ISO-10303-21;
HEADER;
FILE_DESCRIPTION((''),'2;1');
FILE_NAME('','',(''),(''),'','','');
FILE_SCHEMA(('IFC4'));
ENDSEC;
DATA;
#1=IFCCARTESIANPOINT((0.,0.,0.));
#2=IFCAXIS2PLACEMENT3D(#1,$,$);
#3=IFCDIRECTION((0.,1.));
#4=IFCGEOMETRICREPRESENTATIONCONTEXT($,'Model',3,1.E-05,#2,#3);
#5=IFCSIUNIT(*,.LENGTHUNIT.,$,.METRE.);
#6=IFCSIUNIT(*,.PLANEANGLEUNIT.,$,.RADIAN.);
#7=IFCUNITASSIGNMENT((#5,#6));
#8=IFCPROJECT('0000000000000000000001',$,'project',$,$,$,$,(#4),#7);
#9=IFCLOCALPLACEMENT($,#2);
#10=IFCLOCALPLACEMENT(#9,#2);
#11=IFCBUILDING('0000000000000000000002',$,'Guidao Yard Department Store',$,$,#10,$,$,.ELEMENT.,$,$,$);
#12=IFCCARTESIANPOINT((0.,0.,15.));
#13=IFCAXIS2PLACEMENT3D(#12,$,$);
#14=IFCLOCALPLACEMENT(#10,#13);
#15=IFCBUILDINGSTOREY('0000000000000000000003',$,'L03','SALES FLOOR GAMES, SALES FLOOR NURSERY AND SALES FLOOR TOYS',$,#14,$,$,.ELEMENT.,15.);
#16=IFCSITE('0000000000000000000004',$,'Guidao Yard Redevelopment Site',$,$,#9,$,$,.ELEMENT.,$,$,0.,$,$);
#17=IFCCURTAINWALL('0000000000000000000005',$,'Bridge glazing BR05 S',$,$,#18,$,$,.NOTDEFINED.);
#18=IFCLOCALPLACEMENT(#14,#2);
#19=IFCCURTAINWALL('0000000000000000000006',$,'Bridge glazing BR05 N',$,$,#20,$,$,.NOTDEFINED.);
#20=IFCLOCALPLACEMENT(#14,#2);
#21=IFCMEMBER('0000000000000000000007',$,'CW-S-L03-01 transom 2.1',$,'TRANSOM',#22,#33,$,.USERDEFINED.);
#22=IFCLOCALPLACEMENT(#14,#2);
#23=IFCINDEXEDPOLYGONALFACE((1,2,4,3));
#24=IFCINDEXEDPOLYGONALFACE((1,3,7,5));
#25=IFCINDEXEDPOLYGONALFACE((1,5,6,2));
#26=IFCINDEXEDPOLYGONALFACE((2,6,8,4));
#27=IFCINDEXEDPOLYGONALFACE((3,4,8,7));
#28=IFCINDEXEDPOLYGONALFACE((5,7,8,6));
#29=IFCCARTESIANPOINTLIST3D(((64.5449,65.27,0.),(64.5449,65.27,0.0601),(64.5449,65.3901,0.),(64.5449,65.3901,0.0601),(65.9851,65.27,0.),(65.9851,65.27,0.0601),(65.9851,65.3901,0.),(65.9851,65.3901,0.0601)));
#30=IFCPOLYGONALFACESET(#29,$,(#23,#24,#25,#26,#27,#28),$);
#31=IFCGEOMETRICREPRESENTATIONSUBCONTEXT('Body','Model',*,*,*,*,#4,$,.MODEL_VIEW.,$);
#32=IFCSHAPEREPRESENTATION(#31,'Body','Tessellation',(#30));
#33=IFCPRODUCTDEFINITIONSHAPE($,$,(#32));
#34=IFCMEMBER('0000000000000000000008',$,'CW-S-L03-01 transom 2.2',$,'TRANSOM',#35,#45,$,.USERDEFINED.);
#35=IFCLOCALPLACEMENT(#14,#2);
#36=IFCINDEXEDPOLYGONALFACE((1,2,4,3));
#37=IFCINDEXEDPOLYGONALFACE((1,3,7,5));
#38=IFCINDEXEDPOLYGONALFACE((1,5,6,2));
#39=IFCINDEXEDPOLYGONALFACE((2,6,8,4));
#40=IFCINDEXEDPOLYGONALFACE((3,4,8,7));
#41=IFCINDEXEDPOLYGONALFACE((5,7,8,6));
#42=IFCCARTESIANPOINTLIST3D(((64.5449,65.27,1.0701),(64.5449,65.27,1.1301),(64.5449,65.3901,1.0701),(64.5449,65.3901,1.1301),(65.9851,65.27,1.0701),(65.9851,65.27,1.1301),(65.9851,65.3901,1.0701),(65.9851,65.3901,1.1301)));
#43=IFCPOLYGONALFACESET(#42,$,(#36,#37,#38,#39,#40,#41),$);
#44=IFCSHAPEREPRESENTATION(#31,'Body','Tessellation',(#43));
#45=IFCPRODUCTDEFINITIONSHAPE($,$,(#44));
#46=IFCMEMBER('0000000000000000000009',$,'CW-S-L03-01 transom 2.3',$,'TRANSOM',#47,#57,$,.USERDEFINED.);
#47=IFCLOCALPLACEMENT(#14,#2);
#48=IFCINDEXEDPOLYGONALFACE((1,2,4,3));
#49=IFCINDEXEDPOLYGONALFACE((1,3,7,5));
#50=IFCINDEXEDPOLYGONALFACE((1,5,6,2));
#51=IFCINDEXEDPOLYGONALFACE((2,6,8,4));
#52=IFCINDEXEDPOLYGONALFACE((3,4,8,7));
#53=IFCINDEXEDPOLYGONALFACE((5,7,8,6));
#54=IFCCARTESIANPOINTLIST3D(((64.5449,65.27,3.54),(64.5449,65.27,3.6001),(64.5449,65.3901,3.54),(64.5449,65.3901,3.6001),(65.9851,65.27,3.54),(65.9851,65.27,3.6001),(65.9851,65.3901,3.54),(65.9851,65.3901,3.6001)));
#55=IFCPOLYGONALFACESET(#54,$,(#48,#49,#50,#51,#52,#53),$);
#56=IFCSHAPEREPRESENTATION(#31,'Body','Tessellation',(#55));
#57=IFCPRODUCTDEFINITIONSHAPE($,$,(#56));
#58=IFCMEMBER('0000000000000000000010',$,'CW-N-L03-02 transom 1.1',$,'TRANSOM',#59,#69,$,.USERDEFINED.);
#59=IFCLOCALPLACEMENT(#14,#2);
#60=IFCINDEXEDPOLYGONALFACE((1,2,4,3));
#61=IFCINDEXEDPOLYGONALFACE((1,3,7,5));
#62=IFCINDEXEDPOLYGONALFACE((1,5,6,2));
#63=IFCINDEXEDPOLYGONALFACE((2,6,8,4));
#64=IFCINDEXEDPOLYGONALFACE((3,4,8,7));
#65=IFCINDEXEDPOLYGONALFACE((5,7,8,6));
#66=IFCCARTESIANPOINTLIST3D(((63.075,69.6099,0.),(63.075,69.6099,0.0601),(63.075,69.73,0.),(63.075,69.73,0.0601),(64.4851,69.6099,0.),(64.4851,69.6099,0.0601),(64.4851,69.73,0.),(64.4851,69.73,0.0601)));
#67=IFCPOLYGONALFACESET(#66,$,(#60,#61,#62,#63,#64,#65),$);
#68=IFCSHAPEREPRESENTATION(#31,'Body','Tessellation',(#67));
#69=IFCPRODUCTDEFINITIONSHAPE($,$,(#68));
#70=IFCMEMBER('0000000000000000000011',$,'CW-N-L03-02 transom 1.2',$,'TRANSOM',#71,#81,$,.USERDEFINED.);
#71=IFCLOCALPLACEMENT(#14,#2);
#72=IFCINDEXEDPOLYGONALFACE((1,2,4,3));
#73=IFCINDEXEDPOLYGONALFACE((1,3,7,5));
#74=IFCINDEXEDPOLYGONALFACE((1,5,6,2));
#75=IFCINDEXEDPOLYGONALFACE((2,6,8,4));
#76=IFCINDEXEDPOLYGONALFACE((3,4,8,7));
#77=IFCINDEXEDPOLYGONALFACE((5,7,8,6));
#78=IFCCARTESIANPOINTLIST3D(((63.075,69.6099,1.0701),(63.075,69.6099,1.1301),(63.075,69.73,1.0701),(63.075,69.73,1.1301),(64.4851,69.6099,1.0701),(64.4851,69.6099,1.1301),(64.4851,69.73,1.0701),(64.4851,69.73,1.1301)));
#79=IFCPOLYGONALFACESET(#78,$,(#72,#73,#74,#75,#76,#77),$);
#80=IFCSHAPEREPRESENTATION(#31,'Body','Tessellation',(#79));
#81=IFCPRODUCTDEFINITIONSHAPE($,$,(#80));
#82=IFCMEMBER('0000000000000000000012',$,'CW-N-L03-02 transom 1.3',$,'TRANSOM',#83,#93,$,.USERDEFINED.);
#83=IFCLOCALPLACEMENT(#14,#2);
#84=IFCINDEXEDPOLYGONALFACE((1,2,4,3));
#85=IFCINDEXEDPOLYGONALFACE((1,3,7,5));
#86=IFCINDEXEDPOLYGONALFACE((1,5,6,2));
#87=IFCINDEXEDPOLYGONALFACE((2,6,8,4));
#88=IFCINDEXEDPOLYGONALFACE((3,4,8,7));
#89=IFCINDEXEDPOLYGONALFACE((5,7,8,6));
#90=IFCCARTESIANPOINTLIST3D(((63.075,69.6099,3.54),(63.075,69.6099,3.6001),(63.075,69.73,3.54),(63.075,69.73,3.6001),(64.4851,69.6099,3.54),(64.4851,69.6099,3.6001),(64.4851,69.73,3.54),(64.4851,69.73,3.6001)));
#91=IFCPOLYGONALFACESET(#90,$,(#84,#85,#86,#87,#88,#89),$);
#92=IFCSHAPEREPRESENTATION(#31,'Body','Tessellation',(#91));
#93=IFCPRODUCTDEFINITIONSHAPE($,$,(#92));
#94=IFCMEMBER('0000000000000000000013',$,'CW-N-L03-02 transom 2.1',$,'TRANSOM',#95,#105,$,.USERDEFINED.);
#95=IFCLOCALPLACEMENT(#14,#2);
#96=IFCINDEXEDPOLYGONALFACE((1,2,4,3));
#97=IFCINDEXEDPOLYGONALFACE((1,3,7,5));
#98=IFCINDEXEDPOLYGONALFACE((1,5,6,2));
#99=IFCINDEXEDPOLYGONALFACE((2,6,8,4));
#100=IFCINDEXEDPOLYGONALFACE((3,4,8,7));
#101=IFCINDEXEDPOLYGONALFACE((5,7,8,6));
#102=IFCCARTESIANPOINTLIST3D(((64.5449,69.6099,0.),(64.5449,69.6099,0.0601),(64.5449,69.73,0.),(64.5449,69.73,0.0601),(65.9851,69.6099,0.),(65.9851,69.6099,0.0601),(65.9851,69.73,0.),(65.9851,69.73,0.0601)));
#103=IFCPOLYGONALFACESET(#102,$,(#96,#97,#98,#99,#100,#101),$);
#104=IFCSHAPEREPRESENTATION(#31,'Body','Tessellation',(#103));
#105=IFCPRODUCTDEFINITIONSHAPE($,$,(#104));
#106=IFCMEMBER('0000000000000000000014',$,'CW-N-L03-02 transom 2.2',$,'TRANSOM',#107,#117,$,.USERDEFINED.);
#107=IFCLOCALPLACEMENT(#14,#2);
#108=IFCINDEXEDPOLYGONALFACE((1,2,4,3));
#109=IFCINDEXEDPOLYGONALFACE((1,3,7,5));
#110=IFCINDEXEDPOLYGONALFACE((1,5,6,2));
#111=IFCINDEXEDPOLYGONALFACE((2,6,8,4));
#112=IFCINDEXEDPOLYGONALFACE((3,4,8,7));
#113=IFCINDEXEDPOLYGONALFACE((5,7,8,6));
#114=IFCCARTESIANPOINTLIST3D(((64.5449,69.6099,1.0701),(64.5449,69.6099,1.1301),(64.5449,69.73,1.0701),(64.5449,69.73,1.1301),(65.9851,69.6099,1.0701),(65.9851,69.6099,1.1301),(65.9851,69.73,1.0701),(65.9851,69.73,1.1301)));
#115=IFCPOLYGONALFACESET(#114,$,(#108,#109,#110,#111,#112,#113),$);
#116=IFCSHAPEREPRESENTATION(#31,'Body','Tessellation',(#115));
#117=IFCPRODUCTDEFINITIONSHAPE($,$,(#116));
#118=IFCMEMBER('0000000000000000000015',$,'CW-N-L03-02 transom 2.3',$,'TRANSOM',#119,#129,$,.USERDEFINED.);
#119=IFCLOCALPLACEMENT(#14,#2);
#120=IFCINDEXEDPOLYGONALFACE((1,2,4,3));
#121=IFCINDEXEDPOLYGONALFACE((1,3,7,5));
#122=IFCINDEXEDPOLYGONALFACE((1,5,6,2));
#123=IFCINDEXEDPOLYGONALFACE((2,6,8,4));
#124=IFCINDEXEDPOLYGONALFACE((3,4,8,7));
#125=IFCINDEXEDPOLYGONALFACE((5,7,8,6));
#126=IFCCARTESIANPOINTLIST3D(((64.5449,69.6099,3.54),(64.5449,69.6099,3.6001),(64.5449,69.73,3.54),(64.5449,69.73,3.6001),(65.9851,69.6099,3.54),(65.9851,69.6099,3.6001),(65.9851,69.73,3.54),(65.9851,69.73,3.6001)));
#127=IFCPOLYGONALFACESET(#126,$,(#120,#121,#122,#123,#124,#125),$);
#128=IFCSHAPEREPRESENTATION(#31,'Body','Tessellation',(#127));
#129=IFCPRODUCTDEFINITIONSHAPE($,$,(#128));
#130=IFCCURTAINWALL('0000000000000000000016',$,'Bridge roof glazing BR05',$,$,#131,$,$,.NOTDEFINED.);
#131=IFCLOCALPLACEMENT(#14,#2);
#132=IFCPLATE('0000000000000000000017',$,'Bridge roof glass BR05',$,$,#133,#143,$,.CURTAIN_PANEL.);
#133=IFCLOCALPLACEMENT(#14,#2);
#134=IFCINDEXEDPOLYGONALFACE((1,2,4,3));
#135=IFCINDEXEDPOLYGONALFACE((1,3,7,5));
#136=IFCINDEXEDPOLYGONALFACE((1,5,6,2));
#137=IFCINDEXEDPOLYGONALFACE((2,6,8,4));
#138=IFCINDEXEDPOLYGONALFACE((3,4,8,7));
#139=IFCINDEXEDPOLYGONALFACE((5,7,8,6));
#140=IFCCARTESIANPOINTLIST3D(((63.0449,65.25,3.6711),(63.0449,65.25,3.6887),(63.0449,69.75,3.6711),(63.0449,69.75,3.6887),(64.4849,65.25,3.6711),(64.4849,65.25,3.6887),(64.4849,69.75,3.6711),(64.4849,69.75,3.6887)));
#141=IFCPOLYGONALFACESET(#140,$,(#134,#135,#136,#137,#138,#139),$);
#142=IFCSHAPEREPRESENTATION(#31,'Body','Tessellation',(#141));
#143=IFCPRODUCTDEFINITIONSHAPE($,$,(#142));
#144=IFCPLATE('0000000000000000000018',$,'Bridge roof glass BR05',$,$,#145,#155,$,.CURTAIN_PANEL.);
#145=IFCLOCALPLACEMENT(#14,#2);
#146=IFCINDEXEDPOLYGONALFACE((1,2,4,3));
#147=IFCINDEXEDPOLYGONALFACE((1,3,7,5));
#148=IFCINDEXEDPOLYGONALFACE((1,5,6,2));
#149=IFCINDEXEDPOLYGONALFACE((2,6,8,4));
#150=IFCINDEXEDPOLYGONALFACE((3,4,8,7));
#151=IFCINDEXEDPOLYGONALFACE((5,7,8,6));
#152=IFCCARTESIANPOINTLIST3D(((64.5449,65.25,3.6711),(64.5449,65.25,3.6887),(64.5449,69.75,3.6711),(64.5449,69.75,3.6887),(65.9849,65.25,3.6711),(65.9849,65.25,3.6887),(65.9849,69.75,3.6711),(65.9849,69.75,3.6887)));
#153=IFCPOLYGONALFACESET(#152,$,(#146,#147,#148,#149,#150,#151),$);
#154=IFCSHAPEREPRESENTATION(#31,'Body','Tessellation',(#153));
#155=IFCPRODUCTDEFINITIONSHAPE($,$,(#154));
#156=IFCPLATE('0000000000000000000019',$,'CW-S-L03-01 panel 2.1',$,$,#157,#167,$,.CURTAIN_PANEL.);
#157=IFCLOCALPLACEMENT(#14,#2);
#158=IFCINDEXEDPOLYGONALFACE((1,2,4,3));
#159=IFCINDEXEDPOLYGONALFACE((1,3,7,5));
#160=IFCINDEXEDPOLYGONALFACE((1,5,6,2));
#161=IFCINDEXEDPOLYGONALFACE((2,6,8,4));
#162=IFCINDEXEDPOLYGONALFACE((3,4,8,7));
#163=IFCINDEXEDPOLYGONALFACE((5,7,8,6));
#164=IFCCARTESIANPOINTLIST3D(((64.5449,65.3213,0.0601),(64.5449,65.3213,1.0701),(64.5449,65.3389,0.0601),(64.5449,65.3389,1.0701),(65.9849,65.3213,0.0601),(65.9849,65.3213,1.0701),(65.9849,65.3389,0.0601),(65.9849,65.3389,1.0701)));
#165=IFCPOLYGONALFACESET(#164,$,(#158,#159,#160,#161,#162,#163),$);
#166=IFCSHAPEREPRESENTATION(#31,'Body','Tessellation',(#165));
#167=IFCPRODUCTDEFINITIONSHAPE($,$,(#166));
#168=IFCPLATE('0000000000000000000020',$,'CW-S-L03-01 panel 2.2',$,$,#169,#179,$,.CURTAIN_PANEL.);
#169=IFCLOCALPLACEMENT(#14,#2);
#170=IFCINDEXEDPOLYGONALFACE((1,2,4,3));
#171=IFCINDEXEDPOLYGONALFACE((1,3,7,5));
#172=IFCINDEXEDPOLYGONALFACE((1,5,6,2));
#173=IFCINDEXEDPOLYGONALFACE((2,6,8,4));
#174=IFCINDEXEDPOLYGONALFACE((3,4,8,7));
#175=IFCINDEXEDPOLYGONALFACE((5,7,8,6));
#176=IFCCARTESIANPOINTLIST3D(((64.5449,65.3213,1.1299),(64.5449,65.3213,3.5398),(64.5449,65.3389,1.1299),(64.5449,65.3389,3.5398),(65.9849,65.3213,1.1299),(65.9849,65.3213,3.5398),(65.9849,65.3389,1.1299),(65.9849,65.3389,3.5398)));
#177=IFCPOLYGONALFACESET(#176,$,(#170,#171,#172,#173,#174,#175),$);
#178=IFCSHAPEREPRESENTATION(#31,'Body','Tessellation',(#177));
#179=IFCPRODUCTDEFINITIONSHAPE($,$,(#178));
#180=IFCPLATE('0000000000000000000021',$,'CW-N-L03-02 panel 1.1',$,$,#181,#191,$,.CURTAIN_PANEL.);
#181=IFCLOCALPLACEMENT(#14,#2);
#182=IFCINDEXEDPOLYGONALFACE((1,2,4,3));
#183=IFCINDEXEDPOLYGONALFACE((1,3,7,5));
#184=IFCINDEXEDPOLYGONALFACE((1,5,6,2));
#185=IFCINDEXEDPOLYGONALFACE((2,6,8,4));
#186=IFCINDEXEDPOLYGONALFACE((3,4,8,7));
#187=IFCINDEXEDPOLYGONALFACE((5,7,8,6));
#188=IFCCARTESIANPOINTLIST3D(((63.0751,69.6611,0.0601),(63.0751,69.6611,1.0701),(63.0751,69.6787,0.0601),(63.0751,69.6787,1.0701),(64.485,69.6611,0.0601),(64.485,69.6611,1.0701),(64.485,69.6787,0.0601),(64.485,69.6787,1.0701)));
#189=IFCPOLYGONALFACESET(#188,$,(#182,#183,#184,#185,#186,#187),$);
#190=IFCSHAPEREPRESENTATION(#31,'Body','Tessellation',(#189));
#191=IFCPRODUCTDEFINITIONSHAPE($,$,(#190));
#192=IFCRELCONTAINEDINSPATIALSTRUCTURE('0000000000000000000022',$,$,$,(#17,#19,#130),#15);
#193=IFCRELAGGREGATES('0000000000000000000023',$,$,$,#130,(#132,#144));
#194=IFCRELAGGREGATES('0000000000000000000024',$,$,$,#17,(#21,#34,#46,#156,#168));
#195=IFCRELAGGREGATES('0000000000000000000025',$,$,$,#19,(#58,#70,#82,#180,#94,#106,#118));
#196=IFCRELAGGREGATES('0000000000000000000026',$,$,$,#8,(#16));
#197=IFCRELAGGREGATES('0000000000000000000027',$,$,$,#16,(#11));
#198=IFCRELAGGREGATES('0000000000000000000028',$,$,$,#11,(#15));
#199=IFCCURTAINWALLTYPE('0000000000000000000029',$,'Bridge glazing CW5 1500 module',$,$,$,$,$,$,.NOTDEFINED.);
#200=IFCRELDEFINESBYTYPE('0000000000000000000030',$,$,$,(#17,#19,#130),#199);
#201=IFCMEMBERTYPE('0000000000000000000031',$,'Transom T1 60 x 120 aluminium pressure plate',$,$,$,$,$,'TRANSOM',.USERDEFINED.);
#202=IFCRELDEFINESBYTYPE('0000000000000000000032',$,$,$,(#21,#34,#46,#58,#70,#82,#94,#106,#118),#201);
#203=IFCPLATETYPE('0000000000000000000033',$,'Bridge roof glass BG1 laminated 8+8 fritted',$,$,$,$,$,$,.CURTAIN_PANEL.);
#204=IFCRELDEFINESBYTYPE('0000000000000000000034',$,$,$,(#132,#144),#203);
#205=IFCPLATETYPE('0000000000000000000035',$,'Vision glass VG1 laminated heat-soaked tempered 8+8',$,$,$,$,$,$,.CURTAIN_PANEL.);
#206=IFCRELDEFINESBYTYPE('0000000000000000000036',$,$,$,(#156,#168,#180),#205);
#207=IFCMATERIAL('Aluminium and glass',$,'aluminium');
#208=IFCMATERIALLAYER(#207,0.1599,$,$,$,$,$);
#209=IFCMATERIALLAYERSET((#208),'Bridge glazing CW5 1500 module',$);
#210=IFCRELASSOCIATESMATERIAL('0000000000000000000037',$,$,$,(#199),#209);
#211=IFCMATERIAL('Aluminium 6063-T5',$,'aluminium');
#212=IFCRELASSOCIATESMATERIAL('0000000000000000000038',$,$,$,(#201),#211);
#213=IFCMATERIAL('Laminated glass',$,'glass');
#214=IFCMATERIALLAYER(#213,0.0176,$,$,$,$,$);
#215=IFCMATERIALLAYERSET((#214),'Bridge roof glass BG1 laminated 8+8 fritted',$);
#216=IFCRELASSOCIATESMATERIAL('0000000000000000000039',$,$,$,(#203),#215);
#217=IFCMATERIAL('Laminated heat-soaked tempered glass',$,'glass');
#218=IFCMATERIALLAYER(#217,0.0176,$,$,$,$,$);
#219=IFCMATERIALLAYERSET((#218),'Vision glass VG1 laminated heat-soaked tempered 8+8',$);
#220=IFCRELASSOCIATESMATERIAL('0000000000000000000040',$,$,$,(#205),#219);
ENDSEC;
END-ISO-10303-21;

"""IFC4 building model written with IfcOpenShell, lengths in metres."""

from ifc_helpers import new_model, si_unit, direction, frame, origin, origin_2d, place, context, subcontext, project, spatial, rectangle, extrude, material, layer, layer_set, material_profile, profile_set, type_object, element, aggregate, save


model = new_model("IFC4")

# Units and contexts
model_context = context("Model", 3, precision=1e-05, world=origin(), true_north=direction((0.0, 1.0)))
body_context = subcontext(model_context, "Body", "Model", "MODEL_VIEW")
ifc_project = project(units=[si_unit("LENGTHUNIT", "METRE"), si_unit("PLANEANGLEUNIT", "RADIAN")], contexts=[model_context])

# Site, building, storey
site_placement = place(None, origin())
site = spatial("IfcSite", under=ifc_project, at=site_placement, Name="Guidao Yard Redevelopment Site", CompositionType="ELEMENT", RefElevation=0.0)
building_placement = place(site_placement, origin())
building = spatial("IfcBuilding", under=site, at=building_placement, Name="Guidao Yard Department Store", CompositionType="ELEMENT")
storey_placement = place(building_placement, frame((0.0, 0.0, 15.0)))
storey = spatial("IfcBuildingStorey", under=building, at=storey_placement, Name="L03", Description="SALES FLOOR GAMES, SALES FLOOR NURSERY AND SALES FLOOR TOYS", CompositionType="ELEMENT", Elevation=15.0)

# Curtain walls
ifc_material_1 = material(Name="Aluminium and glass", Category="aluminium")
ifc_layer_1 = layer(ifc_material_1, 0.1599)
ifc_layer_set_1 = layer_set([ifc_layer_1], Name="Bridge glazing CW5 1500 module")
curtain_wall_type = type_object("IfcCurtainWallType", Name="Bridge glazing CW5 1500 module", PredefinedType="NOTDEFINED", material=ifc_layer_set_1)
curtain_wall_1_placement = place(storey_placement, origin())
curtain_wall_1 = element("IfcCurtainWall", 1, at=curtain_wall_1_placement, inside=storey, type_object=curtain_wall_type, Name="Bridge glazing BR05 S", PredefinedType="NOTDEFINED")
curtain_wall_2_placement = place(storey_placement, origin())
curtain_wall_2 = element("IfcCurtainWall", 2, at=curtain_wall_2_placement, inside=storey, type_object=curtain_wall_type, Name="Bridge glazing BR05 N", PredefinedType="NOTDEFINED")

# Members
ifc_material_2 = material(Name="Aluminium 6063-T5", Category="aluminium")
ifc_material_profile_1 = material_profile(ifc_material_2, rectangle(XDim=0.1201, YDim=0.0601, at=origin_2d()), Name="Transom T1 60 x 120 aluminium pressure plate")
ifc_profile_set_1 = profile_set([ifc_material_profile_1], Name="Aluminium 6063-T5")
member_type_1 = type_object("IfcMemberType", Name="Transom T1 60 x 120 aluminium pressure plate", ElementType="TRANSOM", PredefinedType="USERDEFINED", material=ifc_profile_set_1)
member_1_placement = place(storey_placement, frame((65.9851, 65.3301, 0.03), z_axis=(-1.0, 0.0, 0.0), x_axis=(0.0, -1.0, 0.0)))
member_1 = element("IfcMember", 3, at=member_1_placement, type_object=member_type_1, Name="CW-S-L03-01 transom 2.1", ObjectType="TRANSOM", PredefinedType="USERDEFINED", context=body_context, shape_type="SweptSolid", body=[
    extrude(rectangle(XDim=0.1201, YDim=0.0601, at=origin_2d()), origin(), (0.0, 0.0, 1.0), 1.4402),
])
member_2_placement = place(storey_placement, frame((65.9851, 65.3301, 1.1001), z_axis=(-1.0, 0.0, 0.0), x_axis=(0.0, -1.0, 0.0)))
member_2 = element("IfcMember", 4, at=member_2_placement, type_object=member_type_1, Name="CW-S-L03-01 transom 2.2", ObjectType="TRANSOM", PredefinedType="USERDEFINED", context=body_context, shape_type="SweptSolid", body=[
    extrude(rectangle(XDim=0.1201, YDim=0.0601, at=origin_2d()), origin(), (0.0, 0.0, 1.0), 1.4402),
])
member_3_placement = place(storey_placement, frame((65.9851, 65.3301, 3.5701), z_axis=(-1.0, 0.0, 0.0), x_axis=(0.0, -1.0, 0.0)))
member_3 = element("IfcMember", 5, at=member_3_placement, type_object=member_type_1, Name="CW-S-L03-01 transom 2.3", ObjectType="TRANSOM", PredefinedType="USERDEFINED", context=body_context, shape_type="SweptSolid", body=[
    extrude(rectangle(XDim=0.1201, YDim=0.0601, at=origin_2d()), origin(), (0.0, 0.0, 1.0), 1.4402),
])
member_4_placement = place(storey_placement, frame((63.075, 69.6699, 0.03), z_axis=(1.0, 0.0, 0.0), x_axis=(0.0, 1.0, 0.0)))
member_4 = element("IfcMember", 6, at=member_4_placement, type_object=member_type_1, Name="CW-N-L03-02 transom 1.1", ObjectType="TRANSOM", PredefinedType="USERDEFINED", context=body_context, shape_type="SweptSolid", body=[
    extrude(rectangle(XDim=0.1201, YDim=0.0601, at=origin_2d()), origin(), (0.0, 0.0, 1.0), 1.4102),
])
member_5_placement = place(storey_placement, frame((63.075, 69.6699, 1.1001), z_axis=(1.0, 0.0, 0.0), x_axis=(0.0, 1.0, 0.0)))
member_5 = element("IfcMember", 7, at=member_5_placement, type_object=member_type_1, Name="CW-N-L03-02 transom 1.2", ObjectType="TRANSOM", PredefinedType="USERDEFINED", context=body_context, shape_type="SweptSolid", body=[
    extrude(rectangle(XDim=0.1201, YDim=0.0601, at=origin_2d()), origin(), (0.0, 0.0, 1.0), 1.4102),
])
member_6_placement = place(storey_placement, frame((63.075, 69.6699, 3.5701), z_axis=(1.0, 0.0, 0.0), x_axis=(0.0, 1.0, 0.0)))
member_6 = element("IfcMember", 8, at=member_6_placement, type_object=member_type_1, Name="CW-N-L03-02 transom 1.3", ObjectType="TRANSOM", PredefinedType="USERDEFINED", context=body_context, shape_type="SweptSolid", body=[
    extrude(rectangle(XDim=0.1201, YDim=0.0601, at=origin_2d()), origin(), (0.0, 0.0, 1.0), 1.4102),
])
member_7_placement = place(storey_placement, frame((64.5449, 69.6699, 0.03), z_axis=(1.0, 0.0, 0.0), x_axis=(0.0, 1.0, 0.0)))
member_7 = element("IfcMember", 9, at=member_7_placement, type_object=member_type_1, Name="CW-N-L03-02 transom 2.1", ObjectType="TRANSOM", PredefinedType="USERDEFINED", context=body_context, shape_type="SweptSolid", body=[
    extrude(rectangle(XDim=0.1201, YDim=0.0601, at=origin_2d()), origin(), (0.0, 0.0, 1.0), 1.4402),
])
member_8_placement = place(storey_placement, frame((64.5449, 69.6699, 1.1001), z_axis=(1.0, 0.0, 0.0), x_axis=(0.0, 1.0, 0.0)))
member_8 = element("IfcMember", 10, at=member_8_placement, type_object=member_type_1, Name="CW-N-L03-02 transom 2.2", ObjectType="TRANSOM", PredefinedType="USERDEFINED", context=body_context, shape_type="SweptSolid", body=[
    extrude(rectangle(XDim=0.1201, YDim=0.0601, at=origin_2d()), origin(), (0.0, 0.0, 1.0), 1.4402),
])
member_9_placement = place(storey_placement, frame((64.5449, 69.6699, 3.5701), z_axis=(1.0, 0.0, 0.0), x_axis=(0.0, 1.0, 0.0)))
member_9 = element("IfcMember", 11, at=member_9_placement, type_object=member_type_1, Name="CW-N-L03-02 transom 2.3", ObjectType="TRANSOM", PredefinedType="USERDEFINED", context=body_context, shape_type="SweptSolid", body=[
    extrude(rectangle(XDim=0.1201, YDim=0.0601, at=origin_2d()), origin(), (0.0, 0.0, 1.0), 1.4402),
])

# Curtain wall, plates
curtain_wall_3_placement = place(storey_placement, origin())
curtain_wall_3 = element("IfcCurtainWall", 12, at=curtain_wall_3_placement, inside=storey, type_object=curtain_wall_type, Name="Bridge roof glazing BR05", PredefinedType="NOTDEFINED")
ifc_material_3 = material(Name="Laminated glass", Category="glass")
ifc_layer_2 = layer(ifc_material_3, 0.0176)
ifc_layer_set_2 = layer_set([ifc_layer_2], Name="Bridge roof glass BG1 laminated 8+8 fritted")
plate_type_1 = type_object("IfcPlateType", Name="Bridge roof glass BG1 laminated 8+8 fritted", PredefinedType="CURTAIN_PANEL", material=ifc_layer_set_2)
plate_1_placement = place(storey_placement, frame((63.7649, 67.5, 3.6711), z_axis=(0.0, 0.0, 1.0), x_axis=(1.0, 0.0, 0.0)))
plate_1 = element("IfcPlate", 13, at=plate_1_placement, type_object=plate_type_1, Name="Bridge roof glass BR05", PredefinedType="CURTAIN_PANEL", context=body_context, shape_type="SweptSolid", body=[
    extrude(rectangle(XDim=1.4399, YDim=4.5, at=origin_2d()), origin(), (0.0, 0.0, 1.0), 0.0176),
])
plate_2_placement = place(storey_placement, frame((65.2649, 67.5, 3.6711), z_axis=(0.0, 0.0, 1.0), x_axis=(1.0, 0.0, 0.0)))
plate_2 = element("IfcPlate", 14, at=plate_2_placement, type_object=plate_type_1, Name="Bridge roof glass BR05", PredefinedType="CURTAIN_PANEL", context=body_context, shape_type="SweptSolid", body=[
    extrude(rectangle(XDim=1.4399, YDim=4.5, at=origin_2d()), origin(), (0.0, 0.0, 1.0), 0.0176),
])
aggregate(curtain_wall_3, [plate_1, plate_2])

# Plates
ifc_material_4 = material(Name="Laminated heat-soaked tempered glass", Category="glass")
ifc_layer_3 = layer(ifc_material_4, 0.0176)
ifc_layer_set_3 = layer_set([ifc_layer_3], Name="Vision glass VG1 laminated heat-soaked tempered 8+8")
plate_type_2 = type_object("IfcPlateType", Name="Vision glass VG1 laminated heat-soaked tempered 8+8", PredefinedType="CURTAIN_PANEL", material=ifc_layer_set_3)
plate_3_placement = place(storey_placement, frame((65.2649, 65.3301, 0.0601), z_axis=(0.0, 0.0, 1.0), x_axis=(-1.0, 0.0, 0.0)))
plate_3 = element("IfcPlate", 15, at=plate_3_placement, type_object=plate_type_2, Name="CW-S-L03-01 panel 2.1", PredefinedType="CURTAIN_PANEL", context=body_context, shape_type="SweptSolid", body=[
    extrude(rectangle(XDim=1.4399, YDim=0.0176, at=origin_2d()), origin(), (0.0, 0.0, 1.0), 1.01),
])
plate_4_placement = place(storey_placement, frame((65.2649, 65.3301, 1.1299), z_axis=(0.0, 0.0, 1.0), x_axis=(-1.0, 0.0, 0.0)))
plate_4 = element("IfcPlate", 16, at=plate_4_placement, type_object=plate_type_2, Name="CW-S-L03-01 panel 2.2", PredefinedType="CURTAIN_PANEL", context=body_context, shape_type="SweptSolid", body=[
    extrude(rectangle(XDim=1.4399, YDim=0.0176, at=origin_2d()), origin(), (0.0, 0.0, 1.0), 2.4099),
])
aggregate(curtain_wall_1, [member_1, member_2, member_3, plate_3, plate_4])
plate_5_placement = place(storey_placement, frame((63.78, 69.6699, 0.0601), z_axis=(0.0, 0.0, 1.0), x_axis=(1.0, 0.0, 0.0)))
plate_5 = element("IfcPlate", 17, at=plate_5_placement, type_object=plate_type_2, Name="CW-N-L03-02 panel 1.1", PredefinedType="CURTAIN_PANEL", context=body_context, shape_type="SweptSolid", body=[
    extrude(rectangle(XDim=1.4099, YDim=0.0176, at=origin_2d()), origin(), (0.0, 0.0, 1.0), 1.01),
])
aggregate(curtain_wall_2, [member_4, member_5, member_6, plate_5, member_7, member_8, member_9])

save(model, "model.ifc")
